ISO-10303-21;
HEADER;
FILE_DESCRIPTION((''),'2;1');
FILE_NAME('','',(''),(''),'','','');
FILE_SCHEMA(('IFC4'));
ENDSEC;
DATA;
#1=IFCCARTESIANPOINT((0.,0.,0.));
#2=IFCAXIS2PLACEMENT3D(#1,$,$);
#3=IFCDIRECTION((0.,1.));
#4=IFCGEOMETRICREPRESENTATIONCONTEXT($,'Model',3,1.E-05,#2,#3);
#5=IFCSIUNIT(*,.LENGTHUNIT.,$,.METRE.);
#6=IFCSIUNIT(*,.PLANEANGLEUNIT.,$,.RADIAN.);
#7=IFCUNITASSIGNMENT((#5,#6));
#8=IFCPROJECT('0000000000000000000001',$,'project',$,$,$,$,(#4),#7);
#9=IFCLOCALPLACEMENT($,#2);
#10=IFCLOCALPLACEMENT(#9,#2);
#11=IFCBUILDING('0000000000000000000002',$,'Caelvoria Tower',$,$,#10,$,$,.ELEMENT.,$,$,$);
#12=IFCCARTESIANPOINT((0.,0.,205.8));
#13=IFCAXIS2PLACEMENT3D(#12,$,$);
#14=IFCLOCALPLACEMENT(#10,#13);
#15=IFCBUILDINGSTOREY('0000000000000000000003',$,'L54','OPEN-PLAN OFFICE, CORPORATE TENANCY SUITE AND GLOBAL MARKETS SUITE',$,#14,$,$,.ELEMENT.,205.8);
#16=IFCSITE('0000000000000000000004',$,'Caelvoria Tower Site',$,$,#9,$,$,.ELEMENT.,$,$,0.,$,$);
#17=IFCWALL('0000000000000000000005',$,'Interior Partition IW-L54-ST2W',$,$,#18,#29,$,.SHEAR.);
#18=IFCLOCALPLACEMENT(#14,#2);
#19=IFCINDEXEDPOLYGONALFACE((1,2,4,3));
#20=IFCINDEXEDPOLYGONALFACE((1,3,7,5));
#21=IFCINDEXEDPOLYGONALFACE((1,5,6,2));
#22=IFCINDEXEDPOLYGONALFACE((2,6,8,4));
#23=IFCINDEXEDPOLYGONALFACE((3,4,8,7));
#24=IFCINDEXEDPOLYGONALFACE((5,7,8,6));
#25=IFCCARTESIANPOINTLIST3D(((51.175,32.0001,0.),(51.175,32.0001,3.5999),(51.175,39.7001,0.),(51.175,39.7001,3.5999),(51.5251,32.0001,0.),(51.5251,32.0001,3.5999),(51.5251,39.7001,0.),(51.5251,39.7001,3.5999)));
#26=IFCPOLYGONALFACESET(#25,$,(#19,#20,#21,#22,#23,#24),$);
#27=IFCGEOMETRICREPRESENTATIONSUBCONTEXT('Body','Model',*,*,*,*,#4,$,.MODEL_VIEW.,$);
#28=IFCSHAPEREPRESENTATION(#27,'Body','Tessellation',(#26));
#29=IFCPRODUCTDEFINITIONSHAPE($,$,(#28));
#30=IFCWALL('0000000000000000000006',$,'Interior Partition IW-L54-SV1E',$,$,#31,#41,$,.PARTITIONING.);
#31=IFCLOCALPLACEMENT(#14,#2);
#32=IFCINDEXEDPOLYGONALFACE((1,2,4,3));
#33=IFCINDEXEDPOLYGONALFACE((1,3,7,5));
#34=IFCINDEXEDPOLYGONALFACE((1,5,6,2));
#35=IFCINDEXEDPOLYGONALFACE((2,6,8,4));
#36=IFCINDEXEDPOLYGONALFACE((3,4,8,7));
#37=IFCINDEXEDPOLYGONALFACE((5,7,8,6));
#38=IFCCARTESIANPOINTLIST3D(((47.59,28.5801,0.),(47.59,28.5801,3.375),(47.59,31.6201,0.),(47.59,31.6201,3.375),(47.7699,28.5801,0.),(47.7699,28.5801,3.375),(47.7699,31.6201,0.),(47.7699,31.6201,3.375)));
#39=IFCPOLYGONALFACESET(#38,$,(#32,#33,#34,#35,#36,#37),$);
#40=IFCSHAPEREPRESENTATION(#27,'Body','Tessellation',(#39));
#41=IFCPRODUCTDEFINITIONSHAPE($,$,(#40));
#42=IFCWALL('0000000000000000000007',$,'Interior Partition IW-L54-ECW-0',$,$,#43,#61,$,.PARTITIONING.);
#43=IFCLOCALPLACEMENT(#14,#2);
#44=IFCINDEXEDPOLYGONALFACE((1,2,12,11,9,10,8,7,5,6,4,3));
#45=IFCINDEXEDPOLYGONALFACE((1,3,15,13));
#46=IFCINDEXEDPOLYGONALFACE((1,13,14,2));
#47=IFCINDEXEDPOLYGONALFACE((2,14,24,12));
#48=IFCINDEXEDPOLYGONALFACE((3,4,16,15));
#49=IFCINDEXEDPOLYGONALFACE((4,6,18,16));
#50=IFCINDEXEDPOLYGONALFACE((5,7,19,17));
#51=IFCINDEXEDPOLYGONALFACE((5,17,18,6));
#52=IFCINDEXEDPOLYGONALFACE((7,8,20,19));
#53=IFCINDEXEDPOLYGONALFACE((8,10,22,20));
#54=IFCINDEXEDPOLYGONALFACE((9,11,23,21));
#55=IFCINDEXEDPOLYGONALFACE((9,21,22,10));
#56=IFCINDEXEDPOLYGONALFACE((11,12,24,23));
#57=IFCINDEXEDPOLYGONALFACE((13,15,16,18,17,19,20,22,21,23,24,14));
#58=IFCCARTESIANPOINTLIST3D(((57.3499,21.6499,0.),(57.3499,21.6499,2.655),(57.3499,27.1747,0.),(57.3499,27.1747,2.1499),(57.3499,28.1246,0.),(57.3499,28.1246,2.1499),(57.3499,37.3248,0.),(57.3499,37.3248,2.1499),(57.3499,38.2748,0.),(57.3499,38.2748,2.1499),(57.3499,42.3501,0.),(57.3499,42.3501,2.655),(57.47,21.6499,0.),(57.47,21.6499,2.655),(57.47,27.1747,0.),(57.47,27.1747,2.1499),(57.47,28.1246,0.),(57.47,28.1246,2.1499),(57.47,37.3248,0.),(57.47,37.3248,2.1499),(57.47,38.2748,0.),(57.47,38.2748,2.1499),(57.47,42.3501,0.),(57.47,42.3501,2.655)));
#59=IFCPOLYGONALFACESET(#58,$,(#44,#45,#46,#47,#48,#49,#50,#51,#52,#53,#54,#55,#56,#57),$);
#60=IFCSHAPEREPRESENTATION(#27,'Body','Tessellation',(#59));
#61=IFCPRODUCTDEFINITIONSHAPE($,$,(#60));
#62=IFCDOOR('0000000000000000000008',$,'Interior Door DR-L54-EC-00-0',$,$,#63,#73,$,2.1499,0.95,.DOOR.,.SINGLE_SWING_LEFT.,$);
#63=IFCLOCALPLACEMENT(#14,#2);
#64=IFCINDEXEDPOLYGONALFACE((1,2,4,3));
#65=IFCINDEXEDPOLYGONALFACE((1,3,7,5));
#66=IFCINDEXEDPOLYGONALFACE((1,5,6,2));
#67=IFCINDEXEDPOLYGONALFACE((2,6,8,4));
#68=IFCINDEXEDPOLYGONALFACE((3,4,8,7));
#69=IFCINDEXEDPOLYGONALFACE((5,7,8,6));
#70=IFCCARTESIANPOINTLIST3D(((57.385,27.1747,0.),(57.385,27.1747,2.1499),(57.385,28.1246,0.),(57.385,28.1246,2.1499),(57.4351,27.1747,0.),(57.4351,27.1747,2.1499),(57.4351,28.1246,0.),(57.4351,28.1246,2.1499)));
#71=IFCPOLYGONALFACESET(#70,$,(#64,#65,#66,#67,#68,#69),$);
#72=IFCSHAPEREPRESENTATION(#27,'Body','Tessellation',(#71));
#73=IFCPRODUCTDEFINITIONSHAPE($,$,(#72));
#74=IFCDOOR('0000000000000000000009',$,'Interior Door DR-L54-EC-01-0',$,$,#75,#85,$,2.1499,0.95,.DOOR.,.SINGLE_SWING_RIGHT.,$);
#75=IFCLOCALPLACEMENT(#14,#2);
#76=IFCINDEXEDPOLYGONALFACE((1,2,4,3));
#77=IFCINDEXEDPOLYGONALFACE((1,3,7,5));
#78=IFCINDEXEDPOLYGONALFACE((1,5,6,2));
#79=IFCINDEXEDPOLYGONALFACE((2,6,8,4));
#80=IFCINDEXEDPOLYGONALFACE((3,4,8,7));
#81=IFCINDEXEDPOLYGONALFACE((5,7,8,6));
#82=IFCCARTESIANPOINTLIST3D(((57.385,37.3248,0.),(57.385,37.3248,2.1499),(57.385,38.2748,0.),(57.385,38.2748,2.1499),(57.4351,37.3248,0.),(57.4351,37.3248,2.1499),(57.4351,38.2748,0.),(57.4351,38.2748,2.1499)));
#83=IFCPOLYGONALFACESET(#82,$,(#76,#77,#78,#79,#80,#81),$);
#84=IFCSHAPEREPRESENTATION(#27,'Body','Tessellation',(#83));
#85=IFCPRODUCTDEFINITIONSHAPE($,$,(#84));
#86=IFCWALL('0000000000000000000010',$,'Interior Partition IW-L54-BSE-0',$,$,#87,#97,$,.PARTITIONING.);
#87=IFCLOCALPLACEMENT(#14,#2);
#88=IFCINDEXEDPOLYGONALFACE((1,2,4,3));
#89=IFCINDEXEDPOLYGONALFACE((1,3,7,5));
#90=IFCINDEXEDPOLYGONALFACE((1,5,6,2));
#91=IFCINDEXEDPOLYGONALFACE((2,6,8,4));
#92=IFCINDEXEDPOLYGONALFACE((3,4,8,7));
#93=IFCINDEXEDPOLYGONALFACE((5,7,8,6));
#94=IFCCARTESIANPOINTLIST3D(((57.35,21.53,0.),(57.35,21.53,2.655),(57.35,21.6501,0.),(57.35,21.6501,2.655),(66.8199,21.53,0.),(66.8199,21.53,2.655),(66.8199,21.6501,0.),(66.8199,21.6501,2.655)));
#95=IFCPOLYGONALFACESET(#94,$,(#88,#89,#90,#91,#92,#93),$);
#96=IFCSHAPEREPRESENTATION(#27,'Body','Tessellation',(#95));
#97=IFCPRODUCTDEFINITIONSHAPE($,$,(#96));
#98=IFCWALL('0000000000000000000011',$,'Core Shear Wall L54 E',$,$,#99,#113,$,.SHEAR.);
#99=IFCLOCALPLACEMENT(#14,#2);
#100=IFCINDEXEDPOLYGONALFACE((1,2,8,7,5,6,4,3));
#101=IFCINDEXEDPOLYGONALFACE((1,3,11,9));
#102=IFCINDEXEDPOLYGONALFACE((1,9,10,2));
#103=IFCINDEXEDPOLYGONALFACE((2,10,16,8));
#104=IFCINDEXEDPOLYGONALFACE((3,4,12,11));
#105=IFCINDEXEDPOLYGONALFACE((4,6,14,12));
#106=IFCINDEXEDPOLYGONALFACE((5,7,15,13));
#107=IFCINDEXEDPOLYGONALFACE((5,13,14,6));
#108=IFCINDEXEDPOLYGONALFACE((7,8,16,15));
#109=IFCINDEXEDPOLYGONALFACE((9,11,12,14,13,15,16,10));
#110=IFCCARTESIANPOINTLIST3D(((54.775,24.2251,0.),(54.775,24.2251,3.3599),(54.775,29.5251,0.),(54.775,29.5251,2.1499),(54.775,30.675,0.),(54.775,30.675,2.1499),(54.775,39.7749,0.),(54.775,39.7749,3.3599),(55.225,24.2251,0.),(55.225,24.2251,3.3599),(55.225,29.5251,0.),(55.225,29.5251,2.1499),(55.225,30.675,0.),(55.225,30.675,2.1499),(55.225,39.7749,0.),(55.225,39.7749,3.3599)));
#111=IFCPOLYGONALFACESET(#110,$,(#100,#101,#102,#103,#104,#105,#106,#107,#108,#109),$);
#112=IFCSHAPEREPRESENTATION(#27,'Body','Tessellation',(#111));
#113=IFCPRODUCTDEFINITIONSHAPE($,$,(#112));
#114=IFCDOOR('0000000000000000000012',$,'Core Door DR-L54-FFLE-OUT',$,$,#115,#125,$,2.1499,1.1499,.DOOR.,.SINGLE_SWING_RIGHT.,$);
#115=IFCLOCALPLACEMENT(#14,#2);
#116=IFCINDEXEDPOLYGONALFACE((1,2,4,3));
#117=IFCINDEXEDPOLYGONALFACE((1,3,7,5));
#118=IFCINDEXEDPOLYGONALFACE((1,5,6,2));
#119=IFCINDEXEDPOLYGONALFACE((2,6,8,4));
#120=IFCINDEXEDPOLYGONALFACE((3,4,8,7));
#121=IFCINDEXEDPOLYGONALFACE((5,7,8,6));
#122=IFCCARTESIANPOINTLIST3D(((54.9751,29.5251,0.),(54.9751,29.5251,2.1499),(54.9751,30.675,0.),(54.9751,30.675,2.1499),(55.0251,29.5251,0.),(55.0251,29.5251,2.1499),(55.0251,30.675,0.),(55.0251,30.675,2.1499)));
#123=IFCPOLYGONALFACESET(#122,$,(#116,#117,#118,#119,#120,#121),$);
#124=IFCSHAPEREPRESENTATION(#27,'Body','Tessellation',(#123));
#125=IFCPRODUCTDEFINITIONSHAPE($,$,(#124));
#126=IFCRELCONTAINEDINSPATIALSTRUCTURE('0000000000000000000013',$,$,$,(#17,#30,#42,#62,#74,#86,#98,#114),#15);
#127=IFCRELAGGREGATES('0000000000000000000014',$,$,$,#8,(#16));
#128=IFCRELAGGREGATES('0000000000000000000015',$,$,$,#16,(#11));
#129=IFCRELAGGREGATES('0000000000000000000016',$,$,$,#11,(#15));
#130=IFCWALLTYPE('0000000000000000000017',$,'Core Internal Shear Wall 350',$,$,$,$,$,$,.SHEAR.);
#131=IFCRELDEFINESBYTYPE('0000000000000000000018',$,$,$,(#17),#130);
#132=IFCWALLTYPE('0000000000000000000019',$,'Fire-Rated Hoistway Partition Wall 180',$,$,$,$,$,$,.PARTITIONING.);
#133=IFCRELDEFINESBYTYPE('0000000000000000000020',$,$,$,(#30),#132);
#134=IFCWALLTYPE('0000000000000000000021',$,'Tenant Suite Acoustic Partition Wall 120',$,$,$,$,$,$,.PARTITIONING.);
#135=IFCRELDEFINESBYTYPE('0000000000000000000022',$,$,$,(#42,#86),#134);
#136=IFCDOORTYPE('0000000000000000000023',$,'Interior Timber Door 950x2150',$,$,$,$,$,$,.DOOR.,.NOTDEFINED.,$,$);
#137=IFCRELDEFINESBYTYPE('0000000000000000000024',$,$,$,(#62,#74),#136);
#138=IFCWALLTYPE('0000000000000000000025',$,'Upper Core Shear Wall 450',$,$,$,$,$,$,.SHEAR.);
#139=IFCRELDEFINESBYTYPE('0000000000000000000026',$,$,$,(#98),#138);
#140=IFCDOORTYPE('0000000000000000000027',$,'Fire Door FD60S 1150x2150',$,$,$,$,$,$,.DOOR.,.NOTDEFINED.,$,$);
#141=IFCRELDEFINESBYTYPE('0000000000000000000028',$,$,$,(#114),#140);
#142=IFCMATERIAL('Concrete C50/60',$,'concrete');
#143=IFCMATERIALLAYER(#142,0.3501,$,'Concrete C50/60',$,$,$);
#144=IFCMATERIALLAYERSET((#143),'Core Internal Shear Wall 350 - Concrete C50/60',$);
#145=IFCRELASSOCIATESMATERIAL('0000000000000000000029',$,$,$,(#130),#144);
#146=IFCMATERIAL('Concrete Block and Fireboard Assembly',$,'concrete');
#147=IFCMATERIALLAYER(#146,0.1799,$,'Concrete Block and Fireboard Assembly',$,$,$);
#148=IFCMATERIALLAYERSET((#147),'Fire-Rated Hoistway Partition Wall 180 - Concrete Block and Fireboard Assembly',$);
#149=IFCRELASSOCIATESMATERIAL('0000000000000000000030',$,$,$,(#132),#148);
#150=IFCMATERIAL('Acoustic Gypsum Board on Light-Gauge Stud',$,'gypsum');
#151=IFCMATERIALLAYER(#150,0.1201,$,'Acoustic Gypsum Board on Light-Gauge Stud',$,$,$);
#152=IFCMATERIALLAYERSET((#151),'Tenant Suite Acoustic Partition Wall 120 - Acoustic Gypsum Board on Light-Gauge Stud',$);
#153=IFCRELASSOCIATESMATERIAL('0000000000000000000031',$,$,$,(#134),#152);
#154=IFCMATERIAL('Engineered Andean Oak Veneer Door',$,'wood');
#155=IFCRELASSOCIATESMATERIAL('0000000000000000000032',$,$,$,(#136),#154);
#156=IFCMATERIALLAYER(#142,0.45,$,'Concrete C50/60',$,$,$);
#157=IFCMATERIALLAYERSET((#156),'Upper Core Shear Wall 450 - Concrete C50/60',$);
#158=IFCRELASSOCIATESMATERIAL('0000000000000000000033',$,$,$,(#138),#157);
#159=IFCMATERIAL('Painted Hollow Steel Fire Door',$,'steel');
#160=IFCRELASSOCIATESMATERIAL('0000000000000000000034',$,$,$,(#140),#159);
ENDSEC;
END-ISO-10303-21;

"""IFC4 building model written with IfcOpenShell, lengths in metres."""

from ifc_helpers import new_model, si_unit, direction, frame, frame_2d, origin, place, context, subcontext, project, spatial, rectangle, extrude, material, layer, layer_set, type_object, element, fill, save


model = new_model("IFC4")

# Units and contexts
model_context = context("Model", 3, precision=1e-05, world=origin(), true_north=direction((0.0, 1.0)))
body_context = subcontext(model_context, "Body", "Model", "MODEL_VIEW")
ifc_project = project(units=[si_unit("LENGTHUNIT", "METRE"), si_unit("PLANEANGLEUNIT", "RADIAN")], contexts=[model_context])

# Site, building, storey
site_placement = place(None, origin())
site = spatial("IfcSite", under=ifc_project, at=site_placement, Name="Caelvoria Tower Site", CompositionType="ELEMENT", RefElevation=0.0)
building_placement = place(site_placement, origin())
building = spatial("IfcBuilding", under=site, at=building_placement, Name="Caelvoria Tower", CompositionType="ELEMENT")
storey_placement = place(building_placement, frame((0.0, 0.0, 205.8)))
storey = spatial("IfcBuildingStorey", under=building, at=storey_placement, Name="L54", Description="OPEN-PLAN OFFICE, CORPORATE TENANCY SUITE AND GLOBAL MARKETS SUITE", CompositionType="ELEMENT", Elevation=205.8)

# Wall
ifc_material_1 = material(Name="Concrete C50/60", Category="concrete")
ifc_layer_1 = layer(ifc_material_1, 0.3501, Name="Concrete C50/60")
ifc_layer_set_1 = layer_set([ifc_layer_1], Name="Core Internal Shear Wall 350 - Concrete C50/60")
wall_type_1 = type_object("IfcWallType", Name="Core Internal Shear Wall 350", PredefinedType="SHEAR", material=ifc_layer_set_1)
wall_1_placement = place(storey_placement, frame((51.3501, 32.0, 0.0), z_axis=(0.0, 0.0, 1.0), x_axis=(0.0, 1.0, 0.0)))
element("IfcWall", 1, at=wall_1_placement, inside=storey, type_object=wall_type_1, Name="Interior Partition IW-L54-ST2W", PredefinedType="SHEAR", context=body_context, shape_type="SweptSolid", body=[
    extrude(rectangle(XDim=7.7, YDim=0.3501, at=frame_2d((3.8501, 0.0))), origin(), (0.0, 0.0, 1.0), 3.5999),
])

# Wall
ifc_material_2 = material(Name="Concrete Block and Fireboard Assembly", Category="concrete")
ifc_layer_2 = layer(ifc_material_2, 0.1799, Name="Concrete Block and Fireboard Assembly")
ifc_layer_set_2 = layer_set([ifc_layer_2], Name="Fire-Rated Hoistway Partition Wall 180 - Concrete Block and Fireboard Assembly")
wall_type_2 = type_object("IfcWallType", Name="Fire-Rated Hoistway Partition Wall 180", PredefinedType="PARTITIONING", material=ifc_layer_set_2)
wall_2_placement = place(storey_placement, frame((47.6799, 28.5801, 0.0), z_axis=(0.0, 0.0, 1.0), x_axis=(0.0, 1.0, 0.0)))
element("IfcWall", 2, at=wall_2_placement, inside=storey, type_object=wall_type_2, Name="Interior Partition IW-L54-SV1E", PredefinedType="PARTITIONING", context=body_context, shape_type="SweptSolid", body=[
    extrude(rectangle(XDim=3.04, YDim=0.1799, at=frame_2d((1.52, 0.0))), origin(), (0.0, 0.0, 1.0), 3.375),
])

# Wall, openings, doors
ifc_material_3 = material(Name="Acoustic Gypsum Board on Light-Gauge Stud", Category="gypsum")
ifc_layer_3 = layer(ifc_material_3, 0.1201, Name="Acoustic Gypsum Board on Light-Gauge Stud")
ifc_layer_set_3 = layer_set([ifc_layer_3], Name="Tenant Suite Acoustic Partition Wall 120 - Acoustic Gypsum Board on Light-Gauge Stud")
wall_type_3 = type_object("IfcWallType", Name="Tenant Suite Acoustic Partition Wall 120", PredefinedType="PARTITIONING", material=ifc_layer_set_3)
wall_3_placement = place(storey_placement, frame((57.4099, 21.6499, 0.0), z_axis=(0.0, 0.0, 1.0), x_axis=(0.0, 1.0, 0.0)))
wall_3 = element("IfcWall", 3, at=wall_3_placement, inside=storey, type_object=wall_type_3, Name="Interior Partition IW-L54-ECW-0", PredefinedType="PARTITIONING", context=body_context, shape_type="SweptSolid", body=[
    extrude(rectangle(XDim=20.7002, YDim=0.1201, at=frame_2d((10.3501, 0.0))), origin(), (0.0, 0.0, 1.0), 2.655),
])
opening_1_placement = place(wall_3_placement, frame((5.5247, 0.0, 0.0)))
opening_1 = element("IfcOpeningElement", 4, at=opening_1_placement, cuts=wall_3, PredefinedType="OPENING", context=body_context, shape_type="SweptSolid", body=[
    extrude(rectangle(XDim=0.95, YDim=2.1499, at=frame_2d((0.4751, 1.075))), frame((0.0, 0.0701, 0.0), z_axis=(0.0, -1.0, 0.0), x_axis=(1.0, 0.0, 0.0)), (0.0, 0.0, 1.0), 0.1401),
])
opening_2_placement = place(wall_3_placement, frame((15.6748, 0.0, 0.0)))
opening_2 = element("IfcOpeningElement", 5, at=opening_2_placement, cuts=wall_3, PredefinedType="OPENING", context=body_context, shape_type="SweptSolid", body=[
    extrude(rectangle(XDim=0.95, YDim=2.1499, at=frame_2d((0.4751, 1.075))), frame((0.0, 0.0701, 0.0), z_axis=(0.0, -1.0, 0.0), x_axis=(1.0, 0.0, 0.0)), (0.0, 0.0, 1.0), 0.1401),
])
ifc_material_4 = material(Name="Engineered Andean Oak Veneer Door", Category="wood")
door_type_1 = type_object("IfcDoorType", Name="Interior Timber Door 950x2150", OperationType="NOTDEFINED", PredefinedType="DOOR", material=ifc_material_4)
door_1_placement = place(opening_1_placement, origin())
door_1 = element("IfcDoor", 6, at=door_1_placement, inside=storey, type_object=door_type_1, Name="Interior Door DR-L54-EC-00-0", OperationType="SINGLE_SWING_LEFT", OverallHeight=2.1499, OverallWidth=0.95, PredefinedType="DOOR", context=body_context, shape_type="SweptSolid", body=[
    extrude(rectangle(XDim=0.95, YDim=2.1499, at=frame_2d((0.4751, 1.075))), frame((0.0, 0.0249, 0.0), z_axis=(0.0, -1.0, 0.0), x_axis=(1.0, 0.0, 0.0)), (0.0, 0.0, 1.0), 0.05),
])
fill(opening_1, door_1)
door_2_placement = place(opening_2_placement, origin())
door_2 = element("IfcDoor", 7, at=door_2_placement, inside=storey, type_object=door_type_1, Name="Interior Door DR-L54-EC-01-0", OperationType="SINGLE_SWING_RIGHT", OverallHeight=2.1499, OverallWidth=0.95, PredefinedType="DOOR", context=body_context, shape_type="SweptSolid", body=[
    extrude(rectangle(XDim=0.95, YDim=2.1499, at=frame_2d((0.4751, 1.075))), frame((0.0, 0.0249, 0.0), z_axis=(0.0, -1.0, 0.0), x_axis=(1.0, 0.0, 0.0)), (0.0, 0.0, 1.0), 0.05),
])
fill(opening_2, door_2)

# Wall
wall_4_placement = place(storey_placement, frame((57.3501, 21.5901, 0.0), z_axis=(0.0, 0.0, 1.0), x_axis=(1.0, 0.0, 0.0)))
element("IfcWall", 8, at=wall_4_placement, inside=storey, type_object=wall_type_3, Name="Interior Partition IW-L54-BSE-0", PredefinedType="PARTITIONING", context=body_context, shape_type="SweptSolid", body=[
    extrude(rectangle(XDim=9.47, YDim=0.1201, at=frame_2d((4.7349, 0.0))), origin(), (0.0, 0.0, 1.0), 2.655),
])

# Wall, opening, door
ifc_layer_4 = layer(ifc_material_1, 0.45, Name="Concrete C50/60")
ifc_layer_set_4 = layer_set([ifc_layer_4], Name="Upper Core Shear Wall 450 - Concrete C50/60")
wall_type_4 = type_object("IfcWallType", Name="Upper Core Shear Wall 450", PredefinedType="SHEAR", material=ifc_layer_set_4)
wall_5_placement = place(storey_placement, frame((55.0, 24.2251, 0.0), z_axis=(0.0, 0.0, 1.0), x_axis=(0.0, 1.0, 0.0)))
wall_5 = element("IfcWall", 9, at=wall_5_placement, inside=storey, type_object=wall_type_4, Name="Core Shear Wall L54 E", PredefinedType="SHEAR", context=body_context, shape_type="SweptSolid", body=[
    extrude(rectangle(XDim=15.5498, YDim=0.45, at=frame_2d((7.7749, 0.0))), origin(), (0.0, 0.0, 1.0), 3.3599),
])
opening_3_placement = place(wall_5_placement, frame((5.3, 0.0, 0.0)))
opening_3 = element("IfcOpeningElement", 10, at=opening_3_placement, cuts=wall_5, PredefinedType="OPENING", context=body_context, shape_type="SweptSolid", body=[
    extrude(rectangle(XDim=1.1499, YDim=2.1499, at=frame_2d((0.575, 1.075))), frame((0.0, 0.2349, 0.0), z_axis=(0.0, -1.0, 0.0), x_axis=(1.0, 0.0, 0.0)), (0.0, 0.0, 1.0), 0.47),
])
ifc_material_5 = material(Name="Painted Hollow Steel Fire Door", Category="steel")
door_type_2 = type_object("IfcDoorType", Name="Fire Door FD60S 1150x2150", OperationType="NOTDEFINED", PredefinedType="DOOR", material=ifc_material_5)
door_3_placement = place(opening_3_placement, origin())
door_3 = element("IfcDoor", 11, at=door_3_placement, inside=storey, type_object=door_type_2, Name="Core Door DR-L54-FFLE-OUT", OperationType="SINGLE_SWING_RIGHT", OverallHeight=2.1499, OverallWidth=1.1499, PredefinedType="DOOR", context=body_context, shape_type="SweptSolid", body=[
    extrude(rectangle(XDim=1.1499, YDim=2.1499, at=frame_2d((0.575, 1.075))), frame((0.0, 0.0249, 0.0), z_axis=(0.0, -1.0, 0.0), x_axis=(1.0, 0.0, 0.0)), (0.0, 0.0, 1.0), 0.05),
])
fill(opening_3, door_3)

save(model, "model.ifc")
